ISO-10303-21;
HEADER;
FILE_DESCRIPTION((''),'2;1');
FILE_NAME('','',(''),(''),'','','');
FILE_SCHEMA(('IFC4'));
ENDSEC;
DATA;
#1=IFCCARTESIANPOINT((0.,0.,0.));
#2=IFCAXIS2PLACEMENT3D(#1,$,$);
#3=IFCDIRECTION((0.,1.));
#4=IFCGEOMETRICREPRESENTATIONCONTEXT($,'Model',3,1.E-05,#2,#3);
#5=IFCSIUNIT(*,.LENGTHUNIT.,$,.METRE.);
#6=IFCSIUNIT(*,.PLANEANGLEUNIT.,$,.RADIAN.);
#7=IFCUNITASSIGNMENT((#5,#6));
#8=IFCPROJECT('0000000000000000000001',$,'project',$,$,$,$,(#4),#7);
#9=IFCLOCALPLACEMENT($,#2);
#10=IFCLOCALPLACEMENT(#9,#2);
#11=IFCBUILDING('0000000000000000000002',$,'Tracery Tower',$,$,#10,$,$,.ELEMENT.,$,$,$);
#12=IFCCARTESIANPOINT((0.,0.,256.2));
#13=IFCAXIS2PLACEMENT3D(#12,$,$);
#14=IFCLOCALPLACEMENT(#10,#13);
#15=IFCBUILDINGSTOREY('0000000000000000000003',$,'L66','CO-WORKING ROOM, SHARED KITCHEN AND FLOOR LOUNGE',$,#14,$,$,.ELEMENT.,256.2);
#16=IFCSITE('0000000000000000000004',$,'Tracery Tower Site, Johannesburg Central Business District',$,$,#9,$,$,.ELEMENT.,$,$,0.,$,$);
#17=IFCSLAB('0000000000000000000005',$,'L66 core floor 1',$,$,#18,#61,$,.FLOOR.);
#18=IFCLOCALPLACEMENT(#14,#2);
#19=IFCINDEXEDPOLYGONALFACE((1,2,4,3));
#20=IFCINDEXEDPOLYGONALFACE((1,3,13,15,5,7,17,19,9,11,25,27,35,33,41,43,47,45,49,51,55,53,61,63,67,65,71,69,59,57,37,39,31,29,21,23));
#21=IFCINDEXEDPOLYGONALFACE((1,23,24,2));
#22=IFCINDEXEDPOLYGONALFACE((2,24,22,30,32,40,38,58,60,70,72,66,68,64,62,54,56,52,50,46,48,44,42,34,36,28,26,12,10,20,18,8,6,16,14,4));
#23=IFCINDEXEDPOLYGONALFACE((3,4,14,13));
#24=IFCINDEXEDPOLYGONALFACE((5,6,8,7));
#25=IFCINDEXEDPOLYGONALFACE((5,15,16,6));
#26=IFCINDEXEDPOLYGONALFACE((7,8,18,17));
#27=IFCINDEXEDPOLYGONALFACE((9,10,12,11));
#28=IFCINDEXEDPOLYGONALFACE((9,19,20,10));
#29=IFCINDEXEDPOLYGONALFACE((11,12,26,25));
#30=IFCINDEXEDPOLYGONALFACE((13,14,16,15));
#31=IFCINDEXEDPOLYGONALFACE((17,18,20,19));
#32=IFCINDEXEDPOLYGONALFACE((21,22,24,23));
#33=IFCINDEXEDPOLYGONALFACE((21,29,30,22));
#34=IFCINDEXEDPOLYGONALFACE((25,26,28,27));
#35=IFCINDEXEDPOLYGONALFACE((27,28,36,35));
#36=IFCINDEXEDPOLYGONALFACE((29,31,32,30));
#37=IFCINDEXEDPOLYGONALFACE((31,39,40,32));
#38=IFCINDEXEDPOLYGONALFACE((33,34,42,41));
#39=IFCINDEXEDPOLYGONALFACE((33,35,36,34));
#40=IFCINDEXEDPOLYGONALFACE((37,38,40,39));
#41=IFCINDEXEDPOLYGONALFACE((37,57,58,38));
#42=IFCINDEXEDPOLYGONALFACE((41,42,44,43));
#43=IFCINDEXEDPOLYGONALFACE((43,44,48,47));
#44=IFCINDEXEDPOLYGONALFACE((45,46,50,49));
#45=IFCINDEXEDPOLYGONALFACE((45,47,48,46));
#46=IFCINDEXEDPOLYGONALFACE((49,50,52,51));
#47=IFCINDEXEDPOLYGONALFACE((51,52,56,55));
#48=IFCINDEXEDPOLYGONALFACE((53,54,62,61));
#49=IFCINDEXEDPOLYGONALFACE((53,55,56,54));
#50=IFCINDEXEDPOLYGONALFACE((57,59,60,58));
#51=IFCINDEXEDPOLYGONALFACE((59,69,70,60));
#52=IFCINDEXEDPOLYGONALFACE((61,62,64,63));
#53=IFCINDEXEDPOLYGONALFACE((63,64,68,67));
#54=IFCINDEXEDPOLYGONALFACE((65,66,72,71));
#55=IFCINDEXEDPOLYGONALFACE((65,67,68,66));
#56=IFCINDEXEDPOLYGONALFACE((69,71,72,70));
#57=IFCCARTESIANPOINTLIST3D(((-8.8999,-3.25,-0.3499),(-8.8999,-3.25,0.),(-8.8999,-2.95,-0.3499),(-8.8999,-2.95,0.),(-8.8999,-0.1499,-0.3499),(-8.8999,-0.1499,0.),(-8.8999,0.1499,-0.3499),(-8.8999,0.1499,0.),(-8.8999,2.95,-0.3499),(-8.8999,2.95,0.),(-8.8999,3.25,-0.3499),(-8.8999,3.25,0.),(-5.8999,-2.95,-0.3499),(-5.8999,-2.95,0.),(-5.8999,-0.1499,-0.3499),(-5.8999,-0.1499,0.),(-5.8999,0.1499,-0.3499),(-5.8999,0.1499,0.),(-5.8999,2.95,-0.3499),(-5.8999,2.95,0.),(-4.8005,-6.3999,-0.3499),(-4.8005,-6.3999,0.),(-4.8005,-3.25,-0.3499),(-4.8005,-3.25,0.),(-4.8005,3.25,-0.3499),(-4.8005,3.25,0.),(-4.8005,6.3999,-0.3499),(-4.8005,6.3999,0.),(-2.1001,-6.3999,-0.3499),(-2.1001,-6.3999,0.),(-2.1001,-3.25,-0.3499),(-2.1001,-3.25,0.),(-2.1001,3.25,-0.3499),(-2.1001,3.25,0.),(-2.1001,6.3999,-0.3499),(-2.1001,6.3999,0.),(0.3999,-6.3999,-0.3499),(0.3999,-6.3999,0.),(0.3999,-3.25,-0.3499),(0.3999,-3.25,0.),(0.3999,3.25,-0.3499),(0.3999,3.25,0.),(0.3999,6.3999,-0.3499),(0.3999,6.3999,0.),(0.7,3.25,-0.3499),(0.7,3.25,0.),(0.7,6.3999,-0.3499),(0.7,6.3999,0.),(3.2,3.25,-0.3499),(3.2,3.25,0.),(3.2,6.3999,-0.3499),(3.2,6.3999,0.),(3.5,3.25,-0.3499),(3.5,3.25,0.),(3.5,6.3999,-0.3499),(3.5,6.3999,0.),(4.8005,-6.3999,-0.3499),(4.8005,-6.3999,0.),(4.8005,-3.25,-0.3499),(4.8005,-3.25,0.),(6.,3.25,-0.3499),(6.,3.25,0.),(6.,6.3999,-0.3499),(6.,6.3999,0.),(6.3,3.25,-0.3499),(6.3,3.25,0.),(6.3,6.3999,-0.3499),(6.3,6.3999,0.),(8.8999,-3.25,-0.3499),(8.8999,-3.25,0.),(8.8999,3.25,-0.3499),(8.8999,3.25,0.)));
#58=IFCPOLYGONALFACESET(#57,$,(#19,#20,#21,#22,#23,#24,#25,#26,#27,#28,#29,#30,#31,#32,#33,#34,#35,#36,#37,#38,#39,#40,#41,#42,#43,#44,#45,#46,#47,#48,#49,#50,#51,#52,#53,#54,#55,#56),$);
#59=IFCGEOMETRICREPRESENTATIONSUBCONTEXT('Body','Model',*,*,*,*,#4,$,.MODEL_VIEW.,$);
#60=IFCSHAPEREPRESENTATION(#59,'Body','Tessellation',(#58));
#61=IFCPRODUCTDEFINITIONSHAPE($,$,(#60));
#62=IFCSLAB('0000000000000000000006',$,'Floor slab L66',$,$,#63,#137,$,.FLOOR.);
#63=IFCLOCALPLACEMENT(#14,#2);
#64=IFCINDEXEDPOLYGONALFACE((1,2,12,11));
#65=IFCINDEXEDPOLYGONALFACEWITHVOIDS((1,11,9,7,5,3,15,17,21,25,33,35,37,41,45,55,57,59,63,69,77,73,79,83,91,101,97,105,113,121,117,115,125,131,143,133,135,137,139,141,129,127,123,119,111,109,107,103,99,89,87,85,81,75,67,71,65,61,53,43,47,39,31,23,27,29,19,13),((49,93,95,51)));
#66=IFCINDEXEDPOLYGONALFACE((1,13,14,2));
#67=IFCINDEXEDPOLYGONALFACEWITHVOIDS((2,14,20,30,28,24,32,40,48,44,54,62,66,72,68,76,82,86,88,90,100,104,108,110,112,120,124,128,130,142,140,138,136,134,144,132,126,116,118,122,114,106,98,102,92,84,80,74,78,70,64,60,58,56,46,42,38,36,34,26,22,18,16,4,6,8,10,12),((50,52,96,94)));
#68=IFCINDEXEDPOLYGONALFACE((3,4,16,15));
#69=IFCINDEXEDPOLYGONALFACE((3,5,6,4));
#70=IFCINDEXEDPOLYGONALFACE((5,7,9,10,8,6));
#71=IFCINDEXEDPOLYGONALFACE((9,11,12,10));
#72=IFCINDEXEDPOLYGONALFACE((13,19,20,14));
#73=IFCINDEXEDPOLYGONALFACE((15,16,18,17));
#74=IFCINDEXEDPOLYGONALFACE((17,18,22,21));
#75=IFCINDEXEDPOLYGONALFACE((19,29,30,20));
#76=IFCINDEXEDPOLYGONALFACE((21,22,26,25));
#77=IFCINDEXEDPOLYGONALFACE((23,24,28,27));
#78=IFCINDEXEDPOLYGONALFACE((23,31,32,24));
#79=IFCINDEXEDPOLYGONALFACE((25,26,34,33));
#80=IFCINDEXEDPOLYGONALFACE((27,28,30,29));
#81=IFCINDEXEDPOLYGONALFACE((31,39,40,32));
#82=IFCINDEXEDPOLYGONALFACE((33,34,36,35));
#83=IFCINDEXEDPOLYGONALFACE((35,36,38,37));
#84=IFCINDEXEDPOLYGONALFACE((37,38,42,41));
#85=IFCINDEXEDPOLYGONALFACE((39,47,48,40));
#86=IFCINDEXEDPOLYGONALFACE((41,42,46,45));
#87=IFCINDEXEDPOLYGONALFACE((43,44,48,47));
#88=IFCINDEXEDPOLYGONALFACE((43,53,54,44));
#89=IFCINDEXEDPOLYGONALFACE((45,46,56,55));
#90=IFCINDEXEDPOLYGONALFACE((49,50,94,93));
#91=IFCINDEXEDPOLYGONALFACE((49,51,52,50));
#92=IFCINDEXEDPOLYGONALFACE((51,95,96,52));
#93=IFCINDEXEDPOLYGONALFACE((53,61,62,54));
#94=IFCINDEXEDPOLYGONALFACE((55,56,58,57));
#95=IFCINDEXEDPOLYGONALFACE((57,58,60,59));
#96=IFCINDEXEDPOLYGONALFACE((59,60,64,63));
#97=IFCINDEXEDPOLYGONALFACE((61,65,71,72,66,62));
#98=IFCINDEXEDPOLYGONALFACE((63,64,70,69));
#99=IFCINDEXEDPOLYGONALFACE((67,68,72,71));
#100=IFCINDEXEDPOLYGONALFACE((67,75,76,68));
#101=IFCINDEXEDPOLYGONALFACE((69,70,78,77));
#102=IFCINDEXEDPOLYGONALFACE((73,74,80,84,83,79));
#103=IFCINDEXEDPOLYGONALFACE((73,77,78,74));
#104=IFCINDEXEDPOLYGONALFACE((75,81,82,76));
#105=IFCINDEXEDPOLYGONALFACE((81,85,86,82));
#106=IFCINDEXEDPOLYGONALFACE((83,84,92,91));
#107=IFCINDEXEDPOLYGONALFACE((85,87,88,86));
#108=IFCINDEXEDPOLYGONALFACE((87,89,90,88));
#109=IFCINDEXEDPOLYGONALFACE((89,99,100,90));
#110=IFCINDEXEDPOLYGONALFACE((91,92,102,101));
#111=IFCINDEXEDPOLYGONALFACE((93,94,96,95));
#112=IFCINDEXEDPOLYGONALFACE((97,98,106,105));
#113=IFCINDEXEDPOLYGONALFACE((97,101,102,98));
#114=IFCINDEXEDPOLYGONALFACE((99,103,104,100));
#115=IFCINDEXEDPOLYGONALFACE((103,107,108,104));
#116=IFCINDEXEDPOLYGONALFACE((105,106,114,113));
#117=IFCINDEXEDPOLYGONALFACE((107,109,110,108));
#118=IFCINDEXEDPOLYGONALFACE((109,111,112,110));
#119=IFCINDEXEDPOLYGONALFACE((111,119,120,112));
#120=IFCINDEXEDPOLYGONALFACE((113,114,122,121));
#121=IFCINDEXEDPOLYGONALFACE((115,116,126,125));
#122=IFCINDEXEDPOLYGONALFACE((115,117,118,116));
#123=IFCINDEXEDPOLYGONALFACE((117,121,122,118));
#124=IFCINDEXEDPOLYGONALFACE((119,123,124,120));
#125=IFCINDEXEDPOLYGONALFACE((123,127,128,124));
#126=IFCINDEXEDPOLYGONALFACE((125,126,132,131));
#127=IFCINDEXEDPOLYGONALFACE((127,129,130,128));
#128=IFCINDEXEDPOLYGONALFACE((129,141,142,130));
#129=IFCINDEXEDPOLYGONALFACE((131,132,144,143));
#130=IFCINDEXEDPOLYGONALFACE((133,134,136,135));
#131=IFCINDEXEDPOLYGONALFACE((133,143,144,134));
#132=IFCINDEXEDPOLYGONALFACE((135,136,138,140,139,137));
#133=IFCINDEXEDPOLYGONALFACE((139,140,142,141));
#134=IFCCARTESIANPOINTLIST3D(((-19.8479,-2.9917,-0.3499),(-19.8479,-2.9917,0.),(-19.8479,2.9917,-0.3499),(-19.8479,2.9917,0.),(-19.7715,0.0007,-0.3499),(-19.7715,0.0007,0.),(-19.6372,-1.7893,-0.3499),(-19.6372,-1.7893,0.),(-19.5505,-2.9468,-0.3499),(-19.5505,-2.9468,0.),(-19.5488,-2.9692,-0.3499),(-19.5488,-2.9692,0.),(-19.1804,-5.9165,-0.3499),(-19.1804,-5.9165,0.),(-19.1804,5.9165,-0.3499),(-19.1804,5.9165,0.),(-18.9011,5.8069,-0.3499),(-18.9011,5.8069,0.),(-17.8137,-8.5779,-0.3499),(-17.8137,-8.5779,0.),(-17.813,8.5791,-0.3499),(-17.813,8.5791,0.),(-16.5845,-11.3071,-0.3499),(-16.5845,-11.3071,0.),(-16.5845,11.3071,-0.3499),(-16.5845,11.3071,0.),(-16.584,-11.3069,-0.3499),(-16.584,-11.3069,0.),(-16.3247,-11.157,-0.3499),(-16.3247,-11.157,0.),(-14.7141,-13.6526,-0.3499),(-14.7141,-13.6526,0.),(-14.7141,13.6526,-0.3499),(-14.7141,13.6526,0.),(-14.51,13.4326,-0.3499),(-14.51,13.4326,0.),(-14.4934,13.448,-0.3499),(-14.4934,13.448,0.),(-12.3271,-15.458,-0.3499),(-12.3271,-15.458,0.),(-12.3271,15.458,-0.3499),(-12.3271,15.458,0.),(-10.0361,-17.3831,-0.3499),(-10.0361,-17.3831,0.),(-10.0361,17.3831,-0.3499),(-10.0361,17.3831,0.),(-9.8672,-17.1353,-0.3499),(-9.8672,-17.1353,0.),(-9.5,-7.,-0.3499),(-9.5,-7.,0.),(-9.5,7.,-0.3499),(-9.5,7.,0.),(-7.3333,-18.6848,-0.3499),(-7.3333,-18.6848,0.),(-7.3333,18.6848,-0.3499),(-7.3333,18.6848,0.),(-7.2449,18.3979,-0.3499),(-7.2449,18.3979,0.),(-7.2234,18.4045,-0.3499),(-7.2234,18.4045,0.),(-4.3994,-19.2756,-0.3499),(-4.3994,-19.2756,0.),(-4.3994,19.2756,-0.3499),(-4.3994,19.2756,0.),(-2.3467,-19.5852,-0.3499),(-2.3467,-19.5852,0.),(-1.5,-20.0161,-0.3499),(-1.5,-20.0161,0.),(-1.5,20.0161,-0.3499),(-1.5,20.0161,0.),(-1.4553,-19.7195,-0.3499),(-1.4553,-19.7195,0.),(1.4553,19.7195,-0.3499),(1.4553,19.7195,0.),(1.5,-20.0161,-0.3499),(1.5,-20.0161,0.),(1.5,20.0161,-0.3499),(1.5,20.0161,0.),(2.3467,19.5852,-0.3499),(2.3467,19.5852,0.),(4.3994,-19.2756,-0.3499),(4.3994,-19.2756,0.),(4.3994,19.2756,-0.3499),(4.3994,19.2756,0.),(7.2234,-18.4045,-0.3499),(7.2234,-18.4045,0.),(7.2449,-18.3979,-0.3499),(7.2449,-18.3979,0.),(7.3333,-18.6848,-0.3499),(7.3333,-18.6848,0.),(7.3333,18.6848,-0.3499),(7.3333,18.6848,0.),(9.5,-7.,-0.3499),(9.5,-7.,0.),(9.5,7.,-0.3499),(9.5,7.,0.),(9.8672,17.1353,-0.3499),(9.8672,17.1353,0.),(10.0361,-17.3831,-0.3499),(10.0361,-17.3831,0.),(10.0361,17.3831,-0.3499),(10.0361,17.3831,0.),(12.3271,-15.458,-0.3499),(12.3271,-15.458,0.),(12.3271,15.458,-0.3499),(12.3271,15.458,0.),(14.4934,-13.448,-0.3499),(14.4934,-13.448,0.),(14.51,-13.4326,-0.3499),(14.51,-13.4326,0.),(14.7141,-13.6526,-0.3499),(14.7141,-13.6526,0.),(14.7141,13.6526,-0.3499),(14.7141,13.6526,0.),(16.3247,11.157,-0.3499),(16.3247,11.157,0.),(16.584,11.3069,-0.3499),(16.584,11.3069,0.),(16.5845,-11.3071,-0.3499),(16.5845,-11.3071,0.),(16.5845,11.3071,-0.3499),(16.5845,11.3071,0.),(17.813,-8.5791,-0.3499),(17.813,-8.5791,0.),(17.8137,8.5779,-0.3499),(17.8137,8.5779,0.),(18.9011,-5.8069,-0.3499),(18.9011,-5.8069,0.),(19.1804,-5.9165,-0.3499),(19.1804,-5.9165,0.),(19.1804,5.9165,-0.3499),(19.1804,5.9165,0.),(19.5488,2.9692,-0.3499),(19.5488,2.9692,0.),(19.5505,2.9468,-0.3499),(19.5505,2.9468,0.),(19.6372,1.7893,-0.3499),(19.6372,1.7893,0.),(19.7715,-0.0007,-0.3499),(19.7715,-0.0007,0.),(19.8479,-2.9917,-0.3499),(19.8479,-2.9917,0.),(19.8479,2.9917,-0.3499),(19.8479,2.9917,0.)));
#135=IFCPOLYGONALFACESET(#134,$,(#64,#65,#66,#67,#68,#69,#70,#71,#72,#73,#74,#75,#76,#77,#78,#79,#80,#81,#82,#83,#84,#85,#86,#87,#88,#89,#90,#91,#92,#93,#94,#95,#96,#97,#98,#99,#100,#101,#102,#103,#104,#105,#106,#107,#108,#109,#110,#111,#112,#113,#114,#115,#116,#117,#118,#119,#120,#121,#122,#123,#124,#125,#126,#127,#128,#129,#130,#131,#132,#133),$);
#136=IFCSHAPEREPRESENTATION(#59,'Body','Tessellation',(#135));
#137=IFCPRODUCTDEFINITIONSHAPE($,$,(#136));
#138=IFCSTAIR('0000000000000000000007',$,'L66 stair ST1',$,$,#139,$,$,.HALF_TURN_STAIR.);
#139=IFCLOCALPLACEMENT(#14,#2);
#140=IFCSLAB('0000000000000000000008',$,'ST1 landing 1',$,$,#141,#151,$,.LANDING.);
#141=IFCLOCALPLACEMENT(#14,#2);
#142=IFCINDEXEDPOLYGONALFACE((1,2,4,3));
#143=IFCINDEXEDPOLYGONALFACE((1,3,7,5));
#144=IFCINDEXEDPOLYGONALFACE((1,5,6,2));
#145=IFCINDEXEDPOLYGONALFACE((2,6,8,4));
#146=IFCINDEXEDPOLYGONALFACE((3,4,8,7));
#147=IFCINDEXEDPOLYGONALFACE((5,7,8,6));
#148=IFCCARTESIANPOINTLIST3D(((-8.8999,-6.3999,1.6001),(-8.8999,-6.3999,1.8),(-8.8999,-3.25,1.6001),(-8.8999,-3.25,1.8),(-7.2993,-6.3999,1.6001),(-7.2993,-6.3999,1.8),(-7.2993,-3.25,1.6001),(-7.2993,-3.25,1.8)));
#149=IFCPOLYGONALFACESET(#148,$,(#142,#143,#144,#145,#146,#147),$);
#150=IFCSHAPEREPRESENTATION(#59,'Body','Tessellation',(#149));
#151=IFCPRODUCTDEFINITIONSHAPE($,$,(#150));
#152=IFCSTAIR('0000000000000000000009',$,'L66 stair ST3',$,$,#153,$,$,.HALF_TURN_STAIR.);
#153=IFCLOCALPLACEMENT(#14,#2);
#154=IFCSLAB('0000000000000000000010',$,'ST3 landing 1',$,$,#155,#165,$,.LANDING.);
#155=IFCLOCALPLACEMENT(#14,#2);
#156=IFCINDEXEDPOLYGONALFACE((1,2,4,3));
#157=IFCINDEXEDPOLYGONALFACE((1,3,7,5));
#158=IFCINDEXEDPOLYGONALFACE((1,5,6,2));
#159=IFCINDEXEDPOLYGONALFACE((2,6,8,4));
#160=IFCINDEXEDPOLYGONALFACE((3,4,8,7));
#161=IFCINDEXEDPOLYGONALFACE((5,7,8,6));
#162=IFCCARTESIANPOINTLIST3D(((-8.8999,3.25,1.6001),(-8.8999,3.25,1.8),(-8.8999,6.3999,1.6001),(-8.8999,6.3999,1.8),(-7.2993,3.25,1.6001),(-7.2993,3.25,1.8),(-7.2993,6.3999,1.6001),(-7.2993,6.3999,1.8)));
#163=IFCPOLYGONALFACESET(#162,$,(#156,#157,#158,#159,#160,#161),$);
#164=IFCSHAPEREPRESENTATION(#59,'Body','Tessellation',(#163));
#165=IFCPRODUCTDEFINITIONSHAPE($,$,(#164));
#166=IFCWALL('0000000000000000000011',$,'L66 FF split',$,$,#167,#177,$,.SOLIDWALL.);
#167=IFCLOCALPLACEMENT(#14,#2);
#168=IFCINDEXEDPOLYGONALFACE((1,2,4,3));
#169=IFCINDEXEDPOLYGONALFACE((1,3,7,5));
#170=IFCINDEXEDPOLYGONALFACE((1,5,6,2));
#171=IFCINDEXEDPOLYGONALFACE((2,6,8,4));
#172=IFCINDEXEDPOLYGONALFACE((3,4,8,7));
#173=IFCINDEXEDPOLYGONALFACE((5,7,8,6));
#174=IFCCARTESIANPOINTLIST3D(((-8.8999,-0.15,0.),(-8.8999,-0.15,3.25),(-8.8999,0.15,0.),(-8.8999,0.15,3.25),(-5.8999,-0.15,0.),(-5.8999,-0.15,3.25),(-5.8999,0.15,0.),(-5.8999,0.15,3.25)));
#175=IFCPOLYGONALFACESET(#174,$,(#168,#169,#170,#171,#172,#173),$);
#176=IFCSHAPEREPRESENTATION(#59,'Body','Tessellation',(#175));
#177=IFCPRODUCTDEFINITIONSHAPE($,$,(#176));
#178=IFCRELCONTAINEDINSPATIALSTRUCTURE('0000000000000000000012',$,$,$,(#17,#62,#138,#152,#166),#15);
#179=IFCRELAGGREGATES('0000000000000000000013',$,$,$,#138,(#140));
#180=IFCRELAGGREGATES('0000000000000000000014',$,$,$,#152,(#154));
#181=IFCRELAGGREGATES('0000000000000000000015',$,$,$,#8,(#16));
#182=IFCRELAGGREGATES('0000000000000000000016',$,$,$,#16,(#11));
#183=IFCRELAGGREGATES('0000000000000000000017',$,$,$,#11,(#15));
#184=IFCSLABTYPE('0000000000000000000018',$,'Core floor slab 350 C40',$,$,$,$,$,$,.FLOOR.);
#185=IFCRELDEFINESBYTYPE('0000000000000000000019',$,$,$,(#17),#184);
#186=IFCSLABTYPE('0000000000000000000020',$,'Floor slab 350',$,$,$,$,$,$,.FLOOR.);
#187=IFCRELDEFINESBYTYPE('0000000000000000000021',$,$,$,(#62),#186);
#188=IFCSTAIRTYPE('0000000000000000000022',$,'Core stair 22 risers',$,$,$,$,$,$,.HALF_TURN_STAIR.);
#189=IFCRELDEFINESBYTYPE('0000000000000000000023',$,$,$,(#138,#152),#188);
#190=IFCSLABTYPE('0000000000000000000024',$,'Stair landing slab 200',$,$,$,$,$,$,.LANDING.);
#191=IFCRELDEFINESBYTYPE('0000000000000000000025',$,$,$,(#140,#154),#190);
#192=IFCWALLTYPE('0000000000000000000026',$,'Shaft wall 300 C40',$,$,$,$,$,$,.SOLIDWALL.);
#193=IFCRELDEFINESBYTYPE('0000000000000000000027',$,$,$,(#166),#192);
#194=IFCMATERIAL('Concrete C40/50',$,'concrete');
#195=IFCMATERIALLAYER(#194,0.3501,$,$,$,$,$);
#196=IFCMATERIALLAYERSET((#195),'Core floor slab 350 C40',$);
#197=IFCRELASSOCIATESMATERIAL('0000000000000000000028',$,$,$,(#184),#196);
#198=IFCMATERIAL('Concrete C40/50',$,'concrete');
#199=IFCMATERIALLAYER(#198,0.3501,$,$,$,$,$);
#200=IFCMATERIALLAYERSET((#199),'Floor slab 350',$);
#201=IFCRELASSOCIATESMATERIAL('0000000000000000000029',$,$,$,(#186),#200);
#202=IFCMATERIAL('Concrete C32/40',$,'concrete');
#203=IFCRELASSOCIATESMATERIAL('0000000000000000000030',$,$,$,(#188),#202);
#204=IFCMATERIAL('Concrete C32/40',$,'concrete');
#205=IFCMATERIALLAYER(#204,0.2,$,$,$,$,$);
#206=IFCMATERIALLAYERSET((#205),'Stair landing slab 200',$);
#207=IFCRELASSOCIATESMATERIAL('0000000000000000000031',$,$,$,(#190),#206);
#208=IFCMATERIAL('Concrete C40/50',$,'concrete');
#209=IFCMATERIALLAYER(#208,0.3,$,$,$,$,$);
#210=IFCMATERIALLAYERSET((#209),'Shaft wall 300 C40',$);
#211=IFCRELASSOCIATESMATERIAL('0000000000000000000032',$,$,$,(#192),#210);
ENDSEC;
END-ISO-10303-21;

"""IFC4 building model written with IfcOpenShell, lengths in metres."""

from ifc_helpers import new_model, si_unit, direction, frame, frame_2d, origin, place, context, subcontext, project, spatial, polyline, rectangle, outline, extrude, material, layer, layer_set, type_object, element, aggregate, save


model = new_model("IFC4")

# Units and contexts
model_context = context("Model", 3, precision=1e-05, world=origin(), true_north=direction((0.0, 1.0)))
body_context = subcontext(model_context, "Body", "Model", "MODEL_VIEW")
ifc_project = project(units=[si_unit("LENGTHUNIT", "METRE"), si_unit("PLANEANGLEUNIT", "RADIAN")], contexts=[model_context])

# Site, building, storey
site_placement = place(None, origin())
site = spatial("IfcSite", under=ifc_project, at=site_placement, Name="Tracery Tower Site, Johannesburg Central Business District", CompositionType="ELEMENT", RefElevation=0.0)
building_placement = place(site_placement, origin())
building = spatial("IfcBuilding", under=site, at=building_placement, Name="Tracery Tower", CompositionType="ELEMENT")
storey_placement = place(building_placement, frame((0.0, 0.0, 256.2)))
storey = spatial("IfcBuildingStorey", under=building, at=storey_placement, Name="L66", Description="CO-WORKING ROOM, SHARED KITCHEN AND FLOOR LOUNGE", CompositionType="ELEMENT", Elevation=256.2)

# Slabs
ifc_material_1 = material(Name="Concrete C40/50", Category="concrete")
ifc_layer_1 = layer(ifc_material_1, 0.3501)
ifc_layer_set_1 = layer_set([ifc_layer_1], Name="Core floor slab 350 C40")
slab_type_1 = type_object("IfcSlabType", Name="Core floor slab 350 C40", PredefinedType="FLOOR", material=ifc_layer_set_1)
slab_1_placement = place(storey_placement, frame((0.0, 0.0, -0.3499)))
element("IfcSlab", 1, at=slab_1_placement, inside=storey, type_object=slab_type_1, Name="L66 core floor 1", PredefinedType="FLOOR", context=body_context, shape_type="SweptSolid", body=[
    extrude(outline(polyline([(-4.8005, -3.25), (-8.8999, -3.25), (-8.8999, -2.95), (-5.8999, -2.95), (-5.8999, -0.1499), (-8.8999, -0.1499), (-8.8999, 0.1499), (-5.8999, 0.1499), (-5.8999, 2.95), (-8.8999, 2.95), (-8.8999, 3.25), (-4.8005, 3.25), (-4.8005, 6.3999), (-2.1001, 6.3999), (-2.1001, 3.25), (0.3999, 3.25), (0.3999, 6.3999), (0.7, 6.3999), (0.7, 3.25), (3.2, 3.25), (3.2, 6.3999), (3.5, 6.3999), (3.5, 3.25), (6.0, 3.25), (6.0, 6.3999), (6.3, 6.3999), (6.3, 3.25), (8.8999, 3.25), (8.8999, -3.25), (4.8005, -3.25), (4.8005, -6.3999), (0.3999, -6.3999), (0.3999, -3.25), (-2.1001, -3.25), (-2.1001, -6.3999), (-4.8005, -6.3999), (-4.8005, -3.25)])), origin(), (0.0, 0.0, 1.0), 0.3499),
])
ifc_material_2 = material(Name="Concrete C40/50", Category="concrete")
ifc_layer_2 = layer(ifc_material_2, 0.3501)
ifc_layer_set_2 = layer_set([ifc_layer_2], Name="Floor slab 350")
slab_type_2 = type_object("IfcSlabType", Name="Floor slab 350", PredefinedType="FLOOR", material=ifc_layer_set_2)
slab_2_placement = place(storey_placement, frame((0.0, 0.0, -0.3499)))
element("IfcSlab", 2, at=slab_2_placement, inside=storey, type_object=slab_type_2, Name="Floor slab L66", PredefinedType="FLOOR", context=body_context, shape_type="SweptSolid", body=[
    extrude(outline(polyline([(19.5505, 2.9468), (19.5488, 2.9692), (19.8479, 2.9917), (19.1804, 5.9165), (17.8137, 8.5779), (16.3247, 11.157), (16.584, 11.3069), (16.5845, 11.3071), (14.7141, 13.6526), (12.3271, 15.458), (9.8672, 17.1353), (10.0361, 17.3831), (7.3333, 18.6848), (4.3994, 19.2756), (2.3467, 19.5852), (1.4553, 19.7195), (1.5, 20.0161), (1.5, 20.0161), (-1.5, 20.0161), (-4.3994, 19.2756), (-7.2234, 18.4045), (-7.2234, 18.4045), (-7.2449, 18.3979), (-7.3333, 18.6848), (-10.0361, 17.3831), (-12.3271, 15.458), (-14.4934, 13.448), (-14.4934, 13.448), (-14.51, 13.4326), (-14.7141, 13.6526), (-14.7141, 13.6526), (-16.5845, 11.3071), (-17.813, 8.5791), (-18.9011, 5.8069), (-19.1804, 5.9165), (-19.8479, 2.9917), (-19.7715, 0.0007), (-19.6372, -1.7893), (-19.5505, -2.9468), (-19.5505, -2.9468), (-19.5488, -2.9692), (-19.8479, -2.9917), (-19.1804, -5.9165), (-17.8137, -8.5779), (-16.3247, -11.157), (-16.584, -11.3069), (-16.5845, -11.3071), (-14.7141, -13.6526), (-12.3271, -15.458), (-9.8672, -17.1353), (-10.0361, -17.3831), (-7.3333, -18.6848), (-4.3994, -19.2756), (-2.3467, -19.5852), (-1.4553, -19.7195), (-1.5, -20.0161), (-1.5, -20.0161), (1.5, -20.0161), (4.3994, -19.2756), (7.2234, -18.4045), (7.2234, -18.4045), (7.2449, -18.3979), (7.3333, -18.6848), (10.0361, -17.3831), (12.3271, -15.458), (14.4934, -13.448), (14.4934, -13.448), (14.51, -13.4326), (14.7141, -13.6526), (14.7141, -13.6526), (16.5845, -11.3071), (17.813, -8.5791), (18.9011, -5.8069), (19.1804, -5.9165), (19.8479, -2.9917), (19.7715, -0.0007), (19.6372, 1.7893), (19.5505, 2.9468), (19.5505, 2.9468)]), holes=[polyline([(-9.5, -7.0), (9.5, -7.0), (9.5, 7.0), (-9.5, 7.0), (-9.5, -7.0)])]), origin(), (0.0, 0.0, 1.0), 0.3499),
])

# Stairs, slabs
ifc_material_3 = material(Name="Concrete C32/40", Category="concrete")
stair_type = type_object("IfcStairType", Name="Core stair 22 risers", PredefinedType="HALF_TURN_STAIR", material=ifc_material_3)
stair_1_placement = place(storey_placement, origin())
stair_1 = element("IfcStair", 3, at=stair_1_placement, inside=storey, type_object=stair_type, Name="L66 stair ST1", PredefinedType="HALF_TURN_STAIR")
ifc_material_4 = material(Name="Concrete C32/40", Category="concrete")
ifc_layer_3 = layer(ifc_material_4, 0.2)
ifc_layer_set_3 = layer_set([ifc_layer_3], Name="Stair landing slab 200")
slab_type_3 = type_object("IfcSlabType", Name="Stair landing slab 200", PredefinedType="LANDING", material=ifc_layer_set_3)
slab_3_placement = place(storey_placement, frame((0.0, 0.0, 1.6001)))
slab_3 = element("IfcSlab", 4, at=slab_3_placement, type_object=slab_type_3, Name="ST1 landing 1", PredefinedType="LANDING", context=body_context, shape_type="SweptSolid", body=[
    extrude(outline(polyline([(-7.2993, -3.25), (-8.8999, -3.25), (-8.8999, -6.3999), (-7.2993, -6.3999), (-7.2993, -3.25)])), origin(), (0.0, 0.0, 1.0), 0.2),
])
aggregate(stair_1, [slab_3])
stair_2_placement = place(storey_placement, origin())
stair_2 = element("IfcStair", 5, at=stair_2_placement, inside=storey, type_object=stair_type, Name="L66 stair ST3", PredefinedType="HALF_TURN_STAIR")
slab_4_placement = place(storey_placement, frame((0.0, 0.0, 1.6001)))
slab_4 = element("IfcSlab", 6, at=slab_4_placement, type_object=slab_type_3, Name="ST3 landing 1", PredefinedType="LANDING", context=body_context, shape_type="SweptSolid", body=[
    extrude(outline(polyline([(-7.2993, 6.3999), (-8.8999, 6.3999), (-8.8999, 3.25), (-7.2993, 3.25), (-7.2993, 6.3999)])), origin(), (0.0, 0.0, 1.0), 0.2),
])

# Wall
ifc_material_5 = material(Name="Concrete C40/50", Category="concrete")
ifc_layer_4 = layer(ifc_material_5, 0.3)
ifc_layer_set_4 = layer_set([ifc_layer_4], Name="Shaft wall 300 C40")
wall_type_1 = type_object("IfcWallType", Name="Shaft wall 300 C40", PredefinedType="SOLIDWALL", material=ifc_layer_set_4)
wall_1_placement = place(storey_placement, frame((-8.8999, 0.0, 0.0), z_axis=(0.0, 0.0, 1.0), x_axis=(1.0, 0.0, 0.0)))
element("IfcWall", 7, at=wall_1_placement, inside=storey, type_object=wall_type_1, Name="L66 FF split", PredefinedType="SOLIDWALL", context=body_context, shape_type="SweptSolid", body=[
    extrude(rectangle(XDim=3.0, YDim=0.3, at=frame_2d((1.5, 0.0))), origin(), (0.0, 0.0, 1.0), 3.25),
])

aggregate(stair_2, [slab_4])

save(model, "model.ifc")
